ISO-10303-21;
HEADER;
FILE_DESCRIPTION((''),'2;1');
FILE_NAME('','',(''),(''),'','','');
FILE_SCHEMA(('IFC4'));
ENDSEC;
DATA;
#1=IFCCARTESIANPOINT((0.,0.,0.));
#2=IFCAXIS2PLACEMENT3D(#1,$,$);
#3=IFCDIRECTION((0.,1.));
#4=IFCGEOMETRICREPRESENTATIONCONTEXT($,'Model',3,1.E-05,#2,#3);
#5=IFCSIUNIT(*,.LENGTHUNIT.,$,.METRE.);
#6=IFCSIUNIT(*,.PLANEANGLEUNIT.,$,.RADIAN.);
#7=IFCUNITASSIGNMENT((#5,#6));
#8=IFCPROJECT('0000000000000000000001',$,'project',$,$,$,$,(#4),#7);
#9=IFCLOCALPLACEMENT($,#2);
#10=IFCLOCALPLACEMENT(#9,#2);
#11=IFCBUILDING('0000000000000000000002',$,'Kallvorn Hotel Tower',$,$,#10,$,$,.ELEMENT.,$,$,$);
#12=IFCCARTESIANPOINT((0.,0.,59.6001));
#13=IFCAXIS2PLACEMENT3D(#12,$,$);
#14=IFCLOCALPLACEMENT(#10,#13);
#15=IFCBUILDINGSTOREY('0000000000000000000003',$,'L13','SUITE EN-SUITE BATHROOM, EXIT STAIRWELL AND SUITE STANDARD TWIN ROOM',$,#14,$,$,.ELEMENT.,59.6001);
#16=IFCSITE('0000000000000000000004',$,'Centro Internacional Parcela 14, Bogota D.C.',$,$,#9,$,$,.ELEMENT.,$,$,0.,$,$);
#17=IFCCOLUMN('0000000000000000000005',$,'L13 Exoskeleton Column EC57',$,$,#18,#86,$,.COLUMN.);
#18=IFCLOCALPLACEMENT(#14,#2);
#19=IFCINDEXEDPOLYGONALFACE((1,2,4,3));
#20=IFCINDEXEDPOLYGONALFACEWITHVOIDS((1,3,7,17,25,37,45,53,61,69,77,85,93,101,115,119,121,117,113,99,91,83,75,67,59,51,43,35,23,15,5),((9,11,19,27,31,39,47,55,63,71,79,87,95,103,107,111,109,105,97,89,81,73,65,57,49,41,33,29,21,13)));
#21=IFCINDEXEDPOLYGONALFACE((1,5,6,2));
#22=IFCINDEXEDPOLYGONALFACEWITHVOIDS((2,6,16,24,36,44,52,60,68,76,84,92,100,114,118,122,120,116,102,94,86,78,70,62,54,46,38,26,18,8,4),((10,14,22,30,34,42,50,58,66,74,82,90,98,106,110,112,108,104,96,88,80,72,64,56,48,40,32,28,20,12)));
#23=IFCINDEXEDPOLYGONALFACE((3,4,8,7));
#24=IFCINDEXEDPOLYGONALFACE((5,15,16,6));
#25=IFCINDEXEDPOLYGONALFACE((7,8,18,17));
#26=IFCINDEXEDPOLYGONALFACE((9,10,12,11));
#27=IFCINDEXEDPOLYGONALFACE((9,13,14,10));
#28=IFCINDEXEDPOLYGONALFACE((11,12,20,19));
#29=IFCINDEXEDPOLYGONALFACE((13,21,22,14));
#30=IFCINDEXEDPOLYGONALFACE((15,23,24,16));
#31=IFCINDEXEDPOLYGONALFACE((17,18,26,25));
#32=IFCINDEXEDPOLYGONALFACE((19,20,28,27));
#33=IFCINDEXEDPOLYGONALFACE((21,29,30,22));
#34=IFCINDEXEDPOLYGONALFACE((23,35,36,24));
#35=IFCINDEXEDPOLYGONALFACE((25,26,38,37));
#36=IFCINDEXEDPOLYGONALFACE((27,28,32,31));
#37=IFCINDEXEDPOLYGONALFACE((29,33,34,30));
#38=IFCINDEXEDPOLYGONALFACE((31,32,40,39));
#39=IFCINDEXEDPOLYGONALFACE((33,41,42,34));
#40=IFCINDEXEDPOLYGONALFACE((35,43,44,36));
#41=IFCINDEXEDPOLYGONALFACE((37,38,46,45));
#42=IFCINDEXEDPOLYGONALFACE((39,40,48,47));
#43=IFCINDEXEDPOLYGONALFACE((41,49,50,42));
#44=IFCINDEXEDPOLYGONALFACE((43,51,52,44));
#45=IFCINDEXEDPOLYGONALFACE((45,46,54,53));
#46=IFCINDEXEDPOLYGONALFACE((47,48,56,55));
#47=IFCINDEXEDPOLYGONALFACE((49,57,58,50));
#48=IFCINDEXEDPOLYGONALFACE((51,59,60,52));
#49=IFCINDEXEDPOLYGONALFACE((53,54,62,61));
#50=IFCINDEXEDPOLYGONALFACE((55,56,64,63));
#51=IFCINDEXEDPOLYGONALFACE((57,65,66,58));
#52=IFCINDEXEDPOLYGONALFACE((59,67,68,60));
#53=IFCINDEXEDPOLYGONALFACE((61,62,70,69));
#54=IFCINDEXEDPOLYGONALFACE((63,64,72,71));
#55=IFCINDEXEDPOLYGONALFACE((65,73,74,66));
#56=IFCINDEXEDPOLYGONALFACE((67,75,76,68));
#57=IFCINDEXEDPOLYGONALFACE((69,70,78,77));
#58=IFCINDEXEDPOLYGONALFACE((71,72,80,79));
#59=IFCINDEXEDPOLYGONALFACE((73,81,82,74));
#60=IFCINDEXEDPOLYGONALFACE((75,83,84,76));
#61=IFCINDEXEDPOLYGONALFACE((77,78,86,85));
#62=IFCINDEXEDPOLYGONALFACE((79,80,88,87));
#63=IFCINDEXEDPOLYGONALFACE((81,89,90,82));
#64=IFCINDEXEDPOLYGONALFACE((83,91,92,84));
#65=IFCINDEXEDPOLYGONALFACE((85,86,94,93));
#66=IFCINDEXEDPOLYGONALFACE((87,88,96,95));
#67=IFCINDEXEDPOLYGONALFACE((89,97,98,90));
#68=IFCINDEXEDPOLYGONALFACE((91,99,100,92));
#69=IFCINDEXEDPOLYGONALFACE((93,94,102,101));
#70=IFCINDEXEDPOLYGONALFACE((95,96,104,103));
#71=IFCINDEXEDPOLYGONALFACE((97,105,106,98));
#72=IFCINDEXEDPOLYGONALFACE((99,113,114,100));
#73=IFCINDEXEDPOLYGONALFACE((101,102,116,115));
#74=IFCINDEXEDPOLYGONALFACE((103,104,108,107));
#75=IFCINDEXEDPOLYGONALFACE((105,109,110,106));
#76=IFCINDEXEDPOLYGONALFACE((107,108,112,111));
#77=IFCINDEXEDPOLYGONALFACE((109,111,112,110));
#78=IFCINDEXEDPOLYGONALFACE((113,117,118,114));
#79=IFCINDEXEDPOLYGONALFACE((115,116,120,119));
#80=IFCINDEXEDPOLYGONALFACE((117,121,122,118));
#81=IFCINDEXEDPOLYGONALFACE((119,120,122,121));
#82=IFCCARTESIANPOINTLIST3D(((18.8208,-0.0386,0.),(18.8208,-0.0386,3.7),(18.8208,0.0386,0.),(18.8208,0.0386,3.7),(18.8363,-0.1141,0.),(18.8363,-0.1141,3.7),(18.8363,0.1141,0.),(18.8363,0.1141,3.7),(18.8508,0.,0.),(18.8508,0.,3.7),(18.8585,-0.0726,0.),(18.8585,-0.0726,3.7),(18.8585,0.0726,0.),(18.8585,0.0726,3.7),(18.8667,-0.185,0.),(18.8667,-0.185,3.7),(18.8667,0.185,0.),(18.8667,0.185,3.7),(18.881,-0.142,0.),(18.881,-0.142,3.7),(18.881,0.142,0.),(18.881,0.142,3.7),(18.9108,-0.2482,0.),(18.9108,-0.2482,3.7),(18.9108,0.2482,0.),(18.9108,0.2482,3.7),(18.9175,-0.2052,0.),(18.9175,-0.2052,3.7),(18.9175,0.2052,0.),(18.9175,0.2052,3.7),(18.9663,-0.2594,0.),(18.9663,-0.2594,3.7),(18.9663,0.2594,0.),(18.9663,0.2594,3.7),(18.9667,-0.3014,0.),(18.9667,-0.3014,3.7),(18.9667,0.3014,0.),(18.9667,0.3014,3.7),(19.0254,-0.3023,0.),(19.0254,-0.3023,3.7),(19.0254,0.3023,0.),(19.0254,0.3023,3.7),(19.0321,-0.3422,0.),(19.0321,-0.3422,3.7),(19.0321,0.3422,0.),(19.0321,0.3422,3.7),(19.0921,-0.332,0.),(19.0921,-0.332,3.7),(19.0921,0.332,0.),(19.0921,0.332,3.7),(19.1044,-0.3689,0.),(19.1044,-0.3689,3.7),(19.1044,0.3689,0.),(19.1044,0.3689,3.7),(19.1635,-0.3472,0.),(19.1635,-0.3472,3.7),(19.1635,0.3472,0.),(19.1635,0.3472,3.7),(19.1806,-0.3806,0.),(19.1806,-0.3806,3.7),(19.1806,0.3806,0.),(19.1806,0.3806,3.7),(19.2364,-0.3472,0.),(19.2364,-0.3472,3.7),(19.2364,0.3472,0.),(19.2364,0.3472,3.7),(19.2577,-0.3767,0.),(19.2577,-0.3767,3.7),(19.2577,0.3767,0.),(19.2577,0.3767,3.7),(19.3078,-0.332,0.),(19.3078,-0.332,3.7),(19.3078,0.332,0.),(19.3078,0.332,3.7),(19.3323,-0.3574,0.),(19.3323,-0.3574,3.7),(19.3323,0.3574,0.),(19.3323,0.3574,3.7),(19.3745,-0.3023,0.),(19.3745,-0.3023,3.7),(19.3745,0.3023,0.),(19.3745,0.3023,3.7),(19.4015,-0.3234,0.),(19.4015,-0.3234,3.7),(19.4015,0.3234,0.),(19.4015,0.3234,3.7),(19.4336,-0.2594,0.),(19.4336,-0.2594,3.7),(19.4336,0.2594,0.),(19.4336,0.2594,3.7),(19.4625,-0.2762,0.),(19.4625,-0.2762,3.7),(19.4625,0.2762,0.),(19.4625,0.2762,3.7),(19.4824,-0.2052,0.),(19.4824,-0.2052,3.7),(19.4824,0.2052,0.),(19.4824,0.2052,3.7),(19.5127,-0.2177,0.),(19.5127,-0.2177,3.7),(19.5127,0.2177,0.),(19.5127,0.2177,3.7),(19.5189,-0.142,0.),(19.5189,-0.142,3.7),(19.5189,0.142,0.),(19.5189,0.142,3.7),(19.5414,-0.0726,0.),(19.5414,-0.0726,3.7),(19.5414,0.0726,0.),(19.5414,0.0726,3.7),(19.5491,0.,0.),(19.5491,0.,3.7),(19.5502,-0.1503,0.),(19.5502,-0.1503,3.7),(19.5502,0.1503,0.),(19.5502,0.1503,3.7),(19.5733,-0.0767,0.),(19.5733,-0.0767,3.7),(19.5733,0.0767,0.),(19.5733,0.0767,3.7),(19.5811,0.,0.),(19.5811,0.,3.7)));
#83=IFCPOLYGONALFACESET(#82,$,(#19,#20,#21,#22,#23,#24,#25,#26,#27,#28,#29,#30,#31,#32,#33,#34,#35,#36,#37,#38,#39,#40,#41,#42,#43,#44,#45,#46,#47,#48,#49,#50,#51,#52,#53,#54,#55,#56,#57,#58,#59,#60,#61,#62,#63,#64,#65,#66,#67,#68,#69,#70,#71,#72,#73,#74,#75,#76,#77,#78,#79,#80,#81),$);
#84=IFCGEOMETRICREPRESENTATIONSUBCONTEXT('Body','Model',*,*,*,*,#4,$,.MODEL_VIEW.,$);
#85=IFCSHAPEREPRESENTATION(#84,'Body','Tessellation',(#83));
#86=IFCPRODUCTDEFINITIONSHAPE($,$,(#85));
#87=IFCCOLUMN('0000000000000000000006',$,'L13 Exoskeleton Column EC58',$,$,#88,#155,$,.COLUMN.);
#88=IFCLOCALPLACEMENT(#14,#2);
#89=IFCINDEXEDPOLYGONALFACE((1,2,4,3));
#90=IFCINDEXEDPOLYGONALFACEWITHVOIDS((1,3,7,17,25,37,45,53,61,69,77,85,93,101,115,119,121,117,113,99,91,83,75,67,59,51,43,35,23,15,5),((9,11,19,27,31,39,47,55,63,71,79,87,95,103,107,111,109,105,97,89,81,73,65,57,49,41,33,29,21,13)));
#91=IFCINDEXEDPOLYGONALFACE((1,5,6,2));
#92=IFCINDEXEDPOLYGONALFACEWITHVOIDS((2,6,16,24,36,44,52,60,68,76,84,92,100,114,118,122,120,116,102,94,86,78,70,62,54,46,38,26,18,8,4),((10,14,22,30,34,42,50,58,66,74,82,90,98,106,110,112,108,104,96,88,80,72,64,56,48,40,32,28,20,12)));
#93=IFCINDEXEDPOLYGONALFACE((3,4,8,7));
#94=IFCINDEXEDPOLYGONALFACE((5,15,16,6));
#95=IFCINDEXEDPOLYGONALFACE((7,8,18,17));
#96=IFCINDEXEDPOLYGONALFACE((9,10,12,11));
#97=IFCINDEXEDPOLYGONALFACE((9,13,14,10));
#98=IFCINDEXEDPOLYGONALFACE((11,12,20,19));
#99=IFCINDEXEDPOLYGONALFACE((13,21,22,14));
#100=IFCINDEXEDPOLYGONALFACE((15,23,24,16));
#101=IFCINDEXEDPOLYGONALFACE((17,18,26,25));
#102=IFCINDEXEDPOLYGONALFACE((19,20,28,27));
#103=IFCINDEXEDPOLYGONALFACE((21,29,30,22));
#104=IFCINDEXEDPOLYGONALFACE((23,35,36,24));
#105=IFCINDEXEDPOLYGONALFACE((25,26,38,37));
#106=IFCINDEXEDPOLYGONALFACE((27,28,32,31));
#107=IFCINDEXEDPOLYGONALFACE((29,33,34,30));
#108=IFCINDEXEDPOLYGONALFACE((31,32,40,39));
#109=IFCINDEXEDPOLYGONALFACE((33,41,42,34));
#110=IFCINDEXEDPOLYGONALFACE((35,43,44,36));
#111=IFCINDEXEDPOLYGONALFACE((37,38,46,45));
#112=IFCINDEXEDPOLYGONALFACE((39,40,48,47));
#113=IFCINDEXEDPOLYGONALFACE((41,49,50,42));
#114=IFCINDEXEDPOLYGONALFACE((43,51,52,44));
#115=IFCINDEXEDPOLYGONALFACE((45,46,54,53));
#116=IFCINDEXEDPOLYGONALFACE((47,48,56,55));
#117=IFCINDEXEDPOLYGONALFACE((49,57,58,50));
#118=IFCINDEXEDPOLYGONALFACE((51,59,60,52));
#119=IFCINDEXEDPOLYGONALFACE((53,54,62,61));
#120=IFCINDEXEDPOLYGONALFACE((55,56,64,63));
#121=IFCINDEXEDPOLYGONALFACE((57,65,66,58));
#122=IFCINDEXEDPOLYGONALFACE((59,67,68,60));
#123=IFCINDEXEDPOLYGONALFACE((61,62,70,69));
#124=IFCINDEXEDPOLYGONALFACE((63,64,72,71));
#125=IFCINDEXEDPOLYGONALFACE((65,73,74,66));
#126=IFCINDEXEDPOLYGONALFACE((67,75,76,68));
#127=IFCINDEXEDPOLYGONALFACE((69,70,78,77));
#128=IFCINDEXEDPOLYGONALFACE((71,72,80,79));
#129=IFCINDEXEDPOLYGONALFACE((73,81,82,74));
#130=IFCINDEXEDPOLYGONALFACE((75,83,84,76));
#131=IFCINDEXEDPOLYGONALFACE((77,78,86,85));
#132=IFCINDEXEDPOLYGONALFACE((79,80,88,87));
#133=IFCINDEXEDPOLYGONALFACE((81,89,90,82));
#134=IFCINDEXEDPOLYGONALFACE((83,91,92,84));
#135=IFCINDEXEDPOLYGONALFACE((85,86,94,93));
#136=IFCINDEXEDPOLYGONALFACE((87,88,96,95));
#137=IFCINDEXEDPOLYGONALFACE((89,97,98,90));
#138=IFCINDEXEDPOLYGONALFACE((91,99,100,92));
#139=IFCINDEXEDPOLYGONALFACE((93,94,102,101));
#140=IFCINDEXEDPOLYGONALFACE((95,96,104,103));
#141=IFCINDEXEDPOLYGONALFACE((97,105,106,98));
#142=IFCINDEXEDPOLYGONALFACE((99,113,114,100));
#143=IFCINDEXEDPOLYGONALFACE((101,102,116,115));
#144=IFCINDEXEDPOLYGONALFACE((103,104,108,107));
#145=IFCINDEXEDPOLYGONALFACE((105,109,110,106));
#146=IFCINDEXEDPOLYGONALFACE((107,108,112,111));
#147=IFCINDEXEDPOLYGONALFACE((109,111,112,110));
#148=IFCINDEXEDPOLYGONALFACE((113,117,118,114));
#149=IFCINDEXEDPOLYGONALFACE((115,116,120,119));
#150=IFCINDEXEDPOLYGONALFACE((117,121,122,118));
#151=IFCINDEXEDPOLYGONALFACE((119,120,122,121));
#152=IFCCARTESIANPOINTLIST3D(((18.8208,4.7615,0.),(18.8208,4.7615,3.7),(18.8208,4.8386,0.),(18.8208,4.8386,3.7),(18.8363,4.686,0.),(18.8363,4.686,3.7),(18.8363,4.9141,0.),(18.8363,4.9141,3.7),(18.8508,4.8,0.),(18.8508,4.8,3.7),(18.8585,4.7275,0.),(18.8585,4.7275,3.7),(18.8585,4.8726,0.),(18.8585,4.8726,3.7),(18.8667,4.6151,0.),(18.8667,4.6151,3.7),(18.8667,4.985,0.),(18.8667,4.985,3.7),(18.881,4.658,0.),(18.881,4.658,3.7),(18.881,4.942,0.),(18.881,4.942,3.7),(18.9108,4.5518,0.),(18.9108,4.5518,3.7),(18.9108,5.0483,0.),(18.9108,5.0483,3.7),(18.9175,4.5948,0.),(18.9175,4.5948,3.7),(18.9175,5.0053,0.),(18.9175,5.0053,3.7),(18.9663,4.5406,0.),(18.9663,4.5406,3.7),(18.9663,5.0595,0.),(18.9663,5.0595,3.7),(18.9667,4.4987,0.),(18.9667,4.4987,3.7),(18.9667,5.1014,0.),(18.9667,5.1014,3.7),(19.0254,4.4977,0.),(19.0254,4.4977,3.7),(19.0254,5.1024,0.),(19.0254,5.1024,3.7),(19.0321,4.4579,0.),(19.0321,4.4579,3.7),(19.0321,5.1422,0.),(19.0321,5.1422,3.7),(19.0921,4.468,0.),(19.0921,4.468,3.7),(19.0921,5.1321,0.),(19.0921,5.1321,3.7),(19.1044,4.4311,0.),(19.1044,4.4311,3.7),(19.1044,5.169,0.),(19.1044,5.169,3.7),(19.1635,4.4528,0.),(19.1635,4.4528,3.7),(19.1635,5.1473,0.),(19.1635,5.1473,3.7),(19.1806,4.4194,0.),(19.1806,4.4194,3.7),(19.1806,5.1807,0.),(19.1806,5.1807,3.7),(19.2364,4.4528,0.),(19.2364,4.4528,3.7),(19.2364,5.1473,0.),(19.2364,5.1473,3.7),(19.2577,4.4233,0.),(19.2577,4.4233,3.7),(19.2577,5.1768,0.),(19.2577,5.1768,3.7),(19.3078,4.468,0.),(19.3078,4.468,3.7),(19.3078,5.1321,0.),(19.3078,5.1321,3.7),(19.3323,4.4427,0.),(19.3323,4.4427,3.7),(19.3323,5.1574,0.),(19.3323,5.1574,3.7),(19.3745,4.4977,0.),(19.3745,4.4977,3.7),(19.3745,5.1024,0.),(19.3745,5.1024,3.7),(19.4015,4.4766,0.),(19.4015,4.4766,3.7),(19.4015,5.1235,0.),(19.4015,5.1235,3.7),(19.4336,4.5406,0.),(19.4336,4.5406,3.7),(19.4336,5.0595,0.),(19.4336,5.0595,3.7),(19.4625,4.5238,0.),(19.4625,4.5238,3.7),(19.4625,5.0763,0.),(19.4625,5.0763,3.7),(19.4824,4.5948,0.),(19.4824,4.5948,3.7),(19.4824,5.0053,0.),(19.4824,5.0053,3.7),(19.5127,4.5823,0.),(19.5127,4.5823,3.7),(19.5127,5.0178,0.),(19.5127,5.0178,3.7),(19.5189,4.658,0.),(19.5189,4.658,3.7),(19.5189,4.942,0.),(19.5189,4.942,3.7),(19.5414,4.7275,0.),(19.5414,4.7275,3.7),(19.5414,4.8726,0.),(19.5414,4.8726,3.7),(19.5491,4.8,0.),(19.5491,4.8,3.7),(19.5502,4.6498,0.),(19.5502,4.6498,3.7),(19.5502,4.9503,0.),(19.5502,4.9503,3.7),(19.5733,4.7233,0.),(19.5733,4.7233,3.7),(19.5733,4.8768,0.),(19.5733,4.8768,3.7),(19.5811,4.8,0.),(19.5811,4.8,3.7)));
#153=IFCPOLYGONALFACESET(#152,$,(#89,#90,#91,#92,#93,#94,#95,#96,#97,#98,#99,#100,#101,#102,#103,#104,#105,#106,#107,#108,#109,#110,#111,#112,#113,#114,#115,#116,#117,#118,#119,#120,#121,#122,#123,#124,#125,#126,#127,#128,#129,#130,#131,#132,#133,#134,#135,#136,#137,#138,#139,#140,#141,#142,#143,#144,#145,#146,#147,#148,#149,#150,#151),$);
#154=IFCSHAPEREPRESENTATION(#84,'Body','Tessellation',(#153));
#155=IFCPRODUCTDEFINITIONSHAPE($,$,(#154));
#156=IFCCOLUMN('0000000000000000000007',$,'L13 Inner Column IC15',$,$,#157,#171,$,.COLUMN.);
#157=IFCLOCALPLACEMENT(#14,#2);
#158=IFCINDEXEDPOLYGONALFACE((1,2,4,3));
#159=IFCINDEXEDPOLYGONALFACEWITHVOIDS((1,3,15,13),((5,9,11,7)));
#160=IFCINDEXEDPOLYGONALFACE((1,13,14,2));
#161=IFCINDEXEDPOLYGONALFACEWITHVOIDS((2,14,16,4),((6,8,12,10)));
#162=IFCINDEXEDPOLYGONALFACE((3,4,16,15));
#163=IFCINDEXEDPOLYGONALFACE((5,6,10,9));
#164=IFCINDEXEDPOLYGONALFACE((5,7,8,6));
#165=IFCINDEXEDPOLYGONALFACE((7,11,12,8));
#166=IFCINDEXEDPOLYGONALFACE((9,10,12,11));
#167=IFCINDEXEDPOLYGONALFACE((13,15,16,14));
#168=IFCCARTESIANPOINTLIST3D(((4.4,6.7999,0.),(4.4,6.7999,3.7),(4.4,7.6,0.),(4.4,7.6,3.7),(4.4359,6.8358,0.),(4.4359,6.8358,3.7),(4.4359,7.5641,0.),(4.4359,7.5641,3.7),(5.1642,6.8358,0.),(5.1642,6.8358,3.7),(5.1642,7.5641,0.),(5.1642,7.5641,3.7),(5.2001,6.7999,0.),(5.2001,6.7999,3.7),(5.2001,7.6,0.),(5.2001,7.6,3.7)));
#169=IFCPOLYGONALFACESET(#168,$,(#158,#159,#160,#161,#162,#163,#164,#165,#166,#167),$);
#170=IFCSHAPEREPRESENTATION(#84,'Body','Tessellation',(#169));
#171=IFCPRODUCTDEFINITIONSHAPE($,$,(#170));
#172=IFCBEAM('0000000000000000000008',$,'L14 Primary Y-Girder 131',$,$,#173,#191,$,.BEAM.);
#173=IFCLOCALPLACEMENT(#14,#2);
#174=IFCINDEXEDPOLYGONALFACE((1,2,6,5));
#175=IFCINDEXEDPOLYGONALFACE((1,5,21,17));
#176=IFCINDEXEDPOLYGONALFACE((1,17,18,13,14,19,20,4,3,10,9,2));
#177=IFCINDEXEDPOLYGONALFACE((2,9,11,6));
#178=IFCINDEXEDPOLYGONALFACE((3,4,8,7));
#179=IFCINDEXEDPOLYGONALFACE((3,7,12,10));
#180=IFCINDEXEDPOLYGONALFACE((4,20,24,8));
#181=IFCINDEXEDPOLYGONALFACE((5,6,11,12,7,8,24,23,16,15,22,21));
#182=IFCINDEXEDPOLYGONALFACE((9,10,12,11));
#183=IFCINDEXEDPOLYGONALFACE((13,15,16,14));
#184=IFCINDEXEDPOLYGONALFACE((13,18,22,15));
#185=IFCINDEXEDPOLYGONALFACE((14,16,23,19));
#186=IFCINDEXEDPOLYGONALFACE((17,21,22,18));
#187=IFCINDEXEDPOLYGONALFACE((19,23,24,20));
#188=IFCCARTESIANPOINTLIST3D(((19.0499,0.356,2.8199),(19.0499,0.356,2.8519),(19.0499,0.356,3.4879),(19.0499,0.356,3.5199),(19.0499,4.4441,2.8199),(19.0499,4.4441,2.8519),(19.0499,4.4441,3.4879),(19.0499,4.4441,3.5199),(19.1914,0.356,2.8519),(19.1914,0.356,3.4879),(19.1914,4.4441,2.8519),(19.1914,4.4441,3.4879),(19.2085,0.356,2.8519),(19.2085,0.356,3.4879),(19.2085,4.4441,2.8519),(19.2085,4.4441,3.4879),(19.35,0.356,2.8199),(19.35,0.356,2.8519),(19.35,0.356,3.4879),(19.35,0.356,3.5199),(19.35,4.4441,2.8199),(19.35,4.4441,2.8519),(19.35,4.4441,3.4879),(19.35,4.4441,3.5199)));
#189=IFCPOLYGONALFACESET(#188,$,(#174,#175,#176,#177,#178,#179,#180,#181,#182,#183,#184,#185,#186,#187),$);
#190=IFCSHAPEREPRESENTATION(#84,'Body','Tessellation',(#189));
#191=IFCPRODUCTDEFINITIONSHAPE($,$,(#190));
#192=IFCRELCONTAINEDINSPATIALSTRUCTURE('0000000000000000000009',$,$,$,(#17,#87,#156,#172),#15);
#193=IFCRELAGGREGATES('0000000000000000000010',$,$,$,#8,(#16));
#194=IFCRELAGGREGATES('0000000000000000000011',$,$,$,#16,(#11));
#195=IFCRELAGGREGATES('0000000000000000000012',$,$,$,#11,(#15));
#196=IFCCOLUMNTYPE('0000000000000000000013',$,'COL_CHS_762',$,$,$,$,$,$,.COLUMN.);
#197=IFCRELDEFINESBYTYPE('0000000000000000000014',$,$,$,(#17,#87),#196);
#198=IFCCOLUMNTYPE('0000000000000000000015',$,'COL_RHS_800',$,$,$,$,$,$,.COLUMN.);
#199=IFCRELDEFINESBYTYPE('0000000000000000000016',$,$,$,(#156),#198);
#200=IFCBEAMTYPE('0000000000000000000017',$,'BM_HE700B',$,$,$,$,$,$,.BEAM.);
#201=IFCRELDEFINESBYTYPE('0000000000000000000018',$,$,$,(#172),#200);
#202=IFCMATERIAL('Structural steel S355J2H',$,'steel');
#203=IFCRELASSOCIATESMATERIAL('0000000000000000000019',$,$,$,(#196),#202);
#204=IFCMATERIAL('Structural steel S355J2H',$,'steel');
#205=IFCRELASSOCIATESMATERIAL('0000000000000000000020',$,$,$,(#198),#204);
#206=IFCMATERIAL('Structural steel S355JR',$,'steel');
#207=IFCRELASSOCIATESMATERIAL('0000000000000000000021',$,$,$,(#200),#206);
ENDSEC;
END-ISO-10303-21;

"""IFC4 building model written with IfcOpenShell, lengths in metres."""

from ifc_helpers import new_model, si_unit, direction, frame, origin, origin_2d, place, context, subcontext, project, spatial, hollow_rectangle, hollow_circle, i_section, extrude, material, material_profile, profile_set, type_object, element, save


model = new_model("IFC4")

# Units and contexts
model_context = context("Model", 3, precision=1e-05, world=origin(), true_north=direction((0.0, 1.0)))
body_context = subcontext(model_context, "Body", "Model", "MODEL_VIEW")
ifc_project = project(units=[si_unit("LENGTHUNIT", "METRE"), si_unit("PLANEANGLEUNIT", "RADIAN")], contexts=[model_context])

# Site, building, storey
site_placement = place(None, origin())
site = spatial("IfcSite", under=ifc_project, at=site_placement, Name="Centro Internacional Parcela 14, Bogota D.C.", CompositionType="ELEMENT", RefElevation=0.0)
building_placement = place(site_placement, origin())
building = spatial("IfcBuilding", under=site, at=building_placement, Name="Kallvorn Hotel Tower", CompositionType="ELEMENT")
storey_placement = place(building_placement, frame((0.0, 0.0, 59.6001)))
storey = spatial("IfcBuildingStorey", under=building, at=storey_placement, Name="L13", Description="SUITE EN-SUITE BATHROOM, EXIT STAIRWELL AND SUITE STANDARD TWIN ROOM", CompositionType="ELEMENT", Elevation=59.6001)

# Columns
ifc_material_1 = material(Name="Structural steel S355J2H", Category="steel")
ifc_material_profile_1 = material_profile(ifc_material_1, hollow_circle(Radius=0.3811, WallThickness=0.032, at=origin_2d()), Name="CHS 762x32")
ifc_profile_set_1 = profile_set([ifc_material_profile_1], Name="Structural steel S355J2H")
column_type_1 = type_object("IfcColumnType", Name="COL_CHS_762", PredefinedType="COLUMN", material=ifc_profile_set_1)
for number, where, z_axis, x_axis, name in (
    (1, (19.2, 0.0, 0.0), (0.0, 0.0, 1.0), (1.0, 0.0, 0.0), "L13 Exoskeleton Column EC57"),
    (2, (19.2, 4.8, 0.0), (0.0, 0.0, 1.0), (1.0, 0.0, 0.0), "L13 Exoskeleton Column EC58"),
):
    element("IfcColumn", number, at=place(storey_placement, frame(where, z_axis=z_axis, x_axis=x_axis)), inside=storey, type_object=column_type_1, Name=name, PredefinedType="COLUMN", context=body_context, shape_type="SweptSolid", body=[
        extrude(hollow_circle(Radius=0.3811, WallThickness=0.032, at=origin_2d()), origin(), (0.0, 0.0, 1.0), 3.7),
    ])
ifc_material_2 = material(Name="Structural steel S355J2H", Category="steel")
ifc_material_profile_2 = material_profile(ifc_material_2, hollow_rectangle(XDim=0.8, YDim=0.8, WallThickness=0.0359, at=origin_2d()), Name="RHS 800x800x36")
ifc_profile_set_2 = profile_set([ifc_material_profile_2], Name="Structural steel S355J2H")
column_type_2 = type_object("IfcColumnType", Name="COL_RHS_800", PredefinedType="COLUMN", material=ifc_profile_set_2)
column_placement = place(storey_placement, frame((4.8, 7.2, 0.0), z_axis=(0.0, 0.0, 1.0), x_axis=(1.0, 0.0, 0.0)))
element("IfcColumn", 3, at=column_placement, inside=storey, type_object=column_type_2, Name="L13 Inner Column IC15", PredefinedType="COLUMN", context=body_context, shape_type="SweptSolid", body=[
    extrude(hollow_rectangle(XDim=0.8, YDim=0.8, WallThickness=0.0359, at=origin_2d()), origin(), (0.0, 0.0, 1.0), 3.7),
])

# Beam
ifc_material_3 = material(Name="Structural steel S355JR", Category="steel")
ifc_material_profile_3 = material_profile(ifc_material_3, i_section(OverallWidth=0.3, OverallDepth=0.7, WebThickness=0.0171, FlangeThickness=0.032, at=origin_2d()), Name="HE 700 B")
ifc_profile_set_3 = profile_set([ifc_material_profile_3], Name="Structural steel S355JR")
beam_type_1 = type_object("IfcBeamType", Name="BM_HE700B", PredefinedType="BEAM", material=ifc_profile_set_3)
beam_1_placement = place(storey_placement, frame((19.2, 0.356, 3.1699), z_axis=(0.0, 1.0, 0.0), x_axis=(-1.0, 0.0, 0.0)))
element("IfcBeam", 4, at=beam_1_placement, inside=storey, type_object=beam_type_1, Name="L14 Primary Y-Girder 131", PredefinedType="BEAM", context=body_context, shape_type="SweptSolid", body=[
    extrude(i_section(OverallWidth=0.3, OverallDepth=0.7, WebThickness=0.0171, FlangeThickness=0.032, at=origin_2d()), origin(), (0.0, 0.0, 1.0), 4.0881),
])

save(model, "model.ifc")
